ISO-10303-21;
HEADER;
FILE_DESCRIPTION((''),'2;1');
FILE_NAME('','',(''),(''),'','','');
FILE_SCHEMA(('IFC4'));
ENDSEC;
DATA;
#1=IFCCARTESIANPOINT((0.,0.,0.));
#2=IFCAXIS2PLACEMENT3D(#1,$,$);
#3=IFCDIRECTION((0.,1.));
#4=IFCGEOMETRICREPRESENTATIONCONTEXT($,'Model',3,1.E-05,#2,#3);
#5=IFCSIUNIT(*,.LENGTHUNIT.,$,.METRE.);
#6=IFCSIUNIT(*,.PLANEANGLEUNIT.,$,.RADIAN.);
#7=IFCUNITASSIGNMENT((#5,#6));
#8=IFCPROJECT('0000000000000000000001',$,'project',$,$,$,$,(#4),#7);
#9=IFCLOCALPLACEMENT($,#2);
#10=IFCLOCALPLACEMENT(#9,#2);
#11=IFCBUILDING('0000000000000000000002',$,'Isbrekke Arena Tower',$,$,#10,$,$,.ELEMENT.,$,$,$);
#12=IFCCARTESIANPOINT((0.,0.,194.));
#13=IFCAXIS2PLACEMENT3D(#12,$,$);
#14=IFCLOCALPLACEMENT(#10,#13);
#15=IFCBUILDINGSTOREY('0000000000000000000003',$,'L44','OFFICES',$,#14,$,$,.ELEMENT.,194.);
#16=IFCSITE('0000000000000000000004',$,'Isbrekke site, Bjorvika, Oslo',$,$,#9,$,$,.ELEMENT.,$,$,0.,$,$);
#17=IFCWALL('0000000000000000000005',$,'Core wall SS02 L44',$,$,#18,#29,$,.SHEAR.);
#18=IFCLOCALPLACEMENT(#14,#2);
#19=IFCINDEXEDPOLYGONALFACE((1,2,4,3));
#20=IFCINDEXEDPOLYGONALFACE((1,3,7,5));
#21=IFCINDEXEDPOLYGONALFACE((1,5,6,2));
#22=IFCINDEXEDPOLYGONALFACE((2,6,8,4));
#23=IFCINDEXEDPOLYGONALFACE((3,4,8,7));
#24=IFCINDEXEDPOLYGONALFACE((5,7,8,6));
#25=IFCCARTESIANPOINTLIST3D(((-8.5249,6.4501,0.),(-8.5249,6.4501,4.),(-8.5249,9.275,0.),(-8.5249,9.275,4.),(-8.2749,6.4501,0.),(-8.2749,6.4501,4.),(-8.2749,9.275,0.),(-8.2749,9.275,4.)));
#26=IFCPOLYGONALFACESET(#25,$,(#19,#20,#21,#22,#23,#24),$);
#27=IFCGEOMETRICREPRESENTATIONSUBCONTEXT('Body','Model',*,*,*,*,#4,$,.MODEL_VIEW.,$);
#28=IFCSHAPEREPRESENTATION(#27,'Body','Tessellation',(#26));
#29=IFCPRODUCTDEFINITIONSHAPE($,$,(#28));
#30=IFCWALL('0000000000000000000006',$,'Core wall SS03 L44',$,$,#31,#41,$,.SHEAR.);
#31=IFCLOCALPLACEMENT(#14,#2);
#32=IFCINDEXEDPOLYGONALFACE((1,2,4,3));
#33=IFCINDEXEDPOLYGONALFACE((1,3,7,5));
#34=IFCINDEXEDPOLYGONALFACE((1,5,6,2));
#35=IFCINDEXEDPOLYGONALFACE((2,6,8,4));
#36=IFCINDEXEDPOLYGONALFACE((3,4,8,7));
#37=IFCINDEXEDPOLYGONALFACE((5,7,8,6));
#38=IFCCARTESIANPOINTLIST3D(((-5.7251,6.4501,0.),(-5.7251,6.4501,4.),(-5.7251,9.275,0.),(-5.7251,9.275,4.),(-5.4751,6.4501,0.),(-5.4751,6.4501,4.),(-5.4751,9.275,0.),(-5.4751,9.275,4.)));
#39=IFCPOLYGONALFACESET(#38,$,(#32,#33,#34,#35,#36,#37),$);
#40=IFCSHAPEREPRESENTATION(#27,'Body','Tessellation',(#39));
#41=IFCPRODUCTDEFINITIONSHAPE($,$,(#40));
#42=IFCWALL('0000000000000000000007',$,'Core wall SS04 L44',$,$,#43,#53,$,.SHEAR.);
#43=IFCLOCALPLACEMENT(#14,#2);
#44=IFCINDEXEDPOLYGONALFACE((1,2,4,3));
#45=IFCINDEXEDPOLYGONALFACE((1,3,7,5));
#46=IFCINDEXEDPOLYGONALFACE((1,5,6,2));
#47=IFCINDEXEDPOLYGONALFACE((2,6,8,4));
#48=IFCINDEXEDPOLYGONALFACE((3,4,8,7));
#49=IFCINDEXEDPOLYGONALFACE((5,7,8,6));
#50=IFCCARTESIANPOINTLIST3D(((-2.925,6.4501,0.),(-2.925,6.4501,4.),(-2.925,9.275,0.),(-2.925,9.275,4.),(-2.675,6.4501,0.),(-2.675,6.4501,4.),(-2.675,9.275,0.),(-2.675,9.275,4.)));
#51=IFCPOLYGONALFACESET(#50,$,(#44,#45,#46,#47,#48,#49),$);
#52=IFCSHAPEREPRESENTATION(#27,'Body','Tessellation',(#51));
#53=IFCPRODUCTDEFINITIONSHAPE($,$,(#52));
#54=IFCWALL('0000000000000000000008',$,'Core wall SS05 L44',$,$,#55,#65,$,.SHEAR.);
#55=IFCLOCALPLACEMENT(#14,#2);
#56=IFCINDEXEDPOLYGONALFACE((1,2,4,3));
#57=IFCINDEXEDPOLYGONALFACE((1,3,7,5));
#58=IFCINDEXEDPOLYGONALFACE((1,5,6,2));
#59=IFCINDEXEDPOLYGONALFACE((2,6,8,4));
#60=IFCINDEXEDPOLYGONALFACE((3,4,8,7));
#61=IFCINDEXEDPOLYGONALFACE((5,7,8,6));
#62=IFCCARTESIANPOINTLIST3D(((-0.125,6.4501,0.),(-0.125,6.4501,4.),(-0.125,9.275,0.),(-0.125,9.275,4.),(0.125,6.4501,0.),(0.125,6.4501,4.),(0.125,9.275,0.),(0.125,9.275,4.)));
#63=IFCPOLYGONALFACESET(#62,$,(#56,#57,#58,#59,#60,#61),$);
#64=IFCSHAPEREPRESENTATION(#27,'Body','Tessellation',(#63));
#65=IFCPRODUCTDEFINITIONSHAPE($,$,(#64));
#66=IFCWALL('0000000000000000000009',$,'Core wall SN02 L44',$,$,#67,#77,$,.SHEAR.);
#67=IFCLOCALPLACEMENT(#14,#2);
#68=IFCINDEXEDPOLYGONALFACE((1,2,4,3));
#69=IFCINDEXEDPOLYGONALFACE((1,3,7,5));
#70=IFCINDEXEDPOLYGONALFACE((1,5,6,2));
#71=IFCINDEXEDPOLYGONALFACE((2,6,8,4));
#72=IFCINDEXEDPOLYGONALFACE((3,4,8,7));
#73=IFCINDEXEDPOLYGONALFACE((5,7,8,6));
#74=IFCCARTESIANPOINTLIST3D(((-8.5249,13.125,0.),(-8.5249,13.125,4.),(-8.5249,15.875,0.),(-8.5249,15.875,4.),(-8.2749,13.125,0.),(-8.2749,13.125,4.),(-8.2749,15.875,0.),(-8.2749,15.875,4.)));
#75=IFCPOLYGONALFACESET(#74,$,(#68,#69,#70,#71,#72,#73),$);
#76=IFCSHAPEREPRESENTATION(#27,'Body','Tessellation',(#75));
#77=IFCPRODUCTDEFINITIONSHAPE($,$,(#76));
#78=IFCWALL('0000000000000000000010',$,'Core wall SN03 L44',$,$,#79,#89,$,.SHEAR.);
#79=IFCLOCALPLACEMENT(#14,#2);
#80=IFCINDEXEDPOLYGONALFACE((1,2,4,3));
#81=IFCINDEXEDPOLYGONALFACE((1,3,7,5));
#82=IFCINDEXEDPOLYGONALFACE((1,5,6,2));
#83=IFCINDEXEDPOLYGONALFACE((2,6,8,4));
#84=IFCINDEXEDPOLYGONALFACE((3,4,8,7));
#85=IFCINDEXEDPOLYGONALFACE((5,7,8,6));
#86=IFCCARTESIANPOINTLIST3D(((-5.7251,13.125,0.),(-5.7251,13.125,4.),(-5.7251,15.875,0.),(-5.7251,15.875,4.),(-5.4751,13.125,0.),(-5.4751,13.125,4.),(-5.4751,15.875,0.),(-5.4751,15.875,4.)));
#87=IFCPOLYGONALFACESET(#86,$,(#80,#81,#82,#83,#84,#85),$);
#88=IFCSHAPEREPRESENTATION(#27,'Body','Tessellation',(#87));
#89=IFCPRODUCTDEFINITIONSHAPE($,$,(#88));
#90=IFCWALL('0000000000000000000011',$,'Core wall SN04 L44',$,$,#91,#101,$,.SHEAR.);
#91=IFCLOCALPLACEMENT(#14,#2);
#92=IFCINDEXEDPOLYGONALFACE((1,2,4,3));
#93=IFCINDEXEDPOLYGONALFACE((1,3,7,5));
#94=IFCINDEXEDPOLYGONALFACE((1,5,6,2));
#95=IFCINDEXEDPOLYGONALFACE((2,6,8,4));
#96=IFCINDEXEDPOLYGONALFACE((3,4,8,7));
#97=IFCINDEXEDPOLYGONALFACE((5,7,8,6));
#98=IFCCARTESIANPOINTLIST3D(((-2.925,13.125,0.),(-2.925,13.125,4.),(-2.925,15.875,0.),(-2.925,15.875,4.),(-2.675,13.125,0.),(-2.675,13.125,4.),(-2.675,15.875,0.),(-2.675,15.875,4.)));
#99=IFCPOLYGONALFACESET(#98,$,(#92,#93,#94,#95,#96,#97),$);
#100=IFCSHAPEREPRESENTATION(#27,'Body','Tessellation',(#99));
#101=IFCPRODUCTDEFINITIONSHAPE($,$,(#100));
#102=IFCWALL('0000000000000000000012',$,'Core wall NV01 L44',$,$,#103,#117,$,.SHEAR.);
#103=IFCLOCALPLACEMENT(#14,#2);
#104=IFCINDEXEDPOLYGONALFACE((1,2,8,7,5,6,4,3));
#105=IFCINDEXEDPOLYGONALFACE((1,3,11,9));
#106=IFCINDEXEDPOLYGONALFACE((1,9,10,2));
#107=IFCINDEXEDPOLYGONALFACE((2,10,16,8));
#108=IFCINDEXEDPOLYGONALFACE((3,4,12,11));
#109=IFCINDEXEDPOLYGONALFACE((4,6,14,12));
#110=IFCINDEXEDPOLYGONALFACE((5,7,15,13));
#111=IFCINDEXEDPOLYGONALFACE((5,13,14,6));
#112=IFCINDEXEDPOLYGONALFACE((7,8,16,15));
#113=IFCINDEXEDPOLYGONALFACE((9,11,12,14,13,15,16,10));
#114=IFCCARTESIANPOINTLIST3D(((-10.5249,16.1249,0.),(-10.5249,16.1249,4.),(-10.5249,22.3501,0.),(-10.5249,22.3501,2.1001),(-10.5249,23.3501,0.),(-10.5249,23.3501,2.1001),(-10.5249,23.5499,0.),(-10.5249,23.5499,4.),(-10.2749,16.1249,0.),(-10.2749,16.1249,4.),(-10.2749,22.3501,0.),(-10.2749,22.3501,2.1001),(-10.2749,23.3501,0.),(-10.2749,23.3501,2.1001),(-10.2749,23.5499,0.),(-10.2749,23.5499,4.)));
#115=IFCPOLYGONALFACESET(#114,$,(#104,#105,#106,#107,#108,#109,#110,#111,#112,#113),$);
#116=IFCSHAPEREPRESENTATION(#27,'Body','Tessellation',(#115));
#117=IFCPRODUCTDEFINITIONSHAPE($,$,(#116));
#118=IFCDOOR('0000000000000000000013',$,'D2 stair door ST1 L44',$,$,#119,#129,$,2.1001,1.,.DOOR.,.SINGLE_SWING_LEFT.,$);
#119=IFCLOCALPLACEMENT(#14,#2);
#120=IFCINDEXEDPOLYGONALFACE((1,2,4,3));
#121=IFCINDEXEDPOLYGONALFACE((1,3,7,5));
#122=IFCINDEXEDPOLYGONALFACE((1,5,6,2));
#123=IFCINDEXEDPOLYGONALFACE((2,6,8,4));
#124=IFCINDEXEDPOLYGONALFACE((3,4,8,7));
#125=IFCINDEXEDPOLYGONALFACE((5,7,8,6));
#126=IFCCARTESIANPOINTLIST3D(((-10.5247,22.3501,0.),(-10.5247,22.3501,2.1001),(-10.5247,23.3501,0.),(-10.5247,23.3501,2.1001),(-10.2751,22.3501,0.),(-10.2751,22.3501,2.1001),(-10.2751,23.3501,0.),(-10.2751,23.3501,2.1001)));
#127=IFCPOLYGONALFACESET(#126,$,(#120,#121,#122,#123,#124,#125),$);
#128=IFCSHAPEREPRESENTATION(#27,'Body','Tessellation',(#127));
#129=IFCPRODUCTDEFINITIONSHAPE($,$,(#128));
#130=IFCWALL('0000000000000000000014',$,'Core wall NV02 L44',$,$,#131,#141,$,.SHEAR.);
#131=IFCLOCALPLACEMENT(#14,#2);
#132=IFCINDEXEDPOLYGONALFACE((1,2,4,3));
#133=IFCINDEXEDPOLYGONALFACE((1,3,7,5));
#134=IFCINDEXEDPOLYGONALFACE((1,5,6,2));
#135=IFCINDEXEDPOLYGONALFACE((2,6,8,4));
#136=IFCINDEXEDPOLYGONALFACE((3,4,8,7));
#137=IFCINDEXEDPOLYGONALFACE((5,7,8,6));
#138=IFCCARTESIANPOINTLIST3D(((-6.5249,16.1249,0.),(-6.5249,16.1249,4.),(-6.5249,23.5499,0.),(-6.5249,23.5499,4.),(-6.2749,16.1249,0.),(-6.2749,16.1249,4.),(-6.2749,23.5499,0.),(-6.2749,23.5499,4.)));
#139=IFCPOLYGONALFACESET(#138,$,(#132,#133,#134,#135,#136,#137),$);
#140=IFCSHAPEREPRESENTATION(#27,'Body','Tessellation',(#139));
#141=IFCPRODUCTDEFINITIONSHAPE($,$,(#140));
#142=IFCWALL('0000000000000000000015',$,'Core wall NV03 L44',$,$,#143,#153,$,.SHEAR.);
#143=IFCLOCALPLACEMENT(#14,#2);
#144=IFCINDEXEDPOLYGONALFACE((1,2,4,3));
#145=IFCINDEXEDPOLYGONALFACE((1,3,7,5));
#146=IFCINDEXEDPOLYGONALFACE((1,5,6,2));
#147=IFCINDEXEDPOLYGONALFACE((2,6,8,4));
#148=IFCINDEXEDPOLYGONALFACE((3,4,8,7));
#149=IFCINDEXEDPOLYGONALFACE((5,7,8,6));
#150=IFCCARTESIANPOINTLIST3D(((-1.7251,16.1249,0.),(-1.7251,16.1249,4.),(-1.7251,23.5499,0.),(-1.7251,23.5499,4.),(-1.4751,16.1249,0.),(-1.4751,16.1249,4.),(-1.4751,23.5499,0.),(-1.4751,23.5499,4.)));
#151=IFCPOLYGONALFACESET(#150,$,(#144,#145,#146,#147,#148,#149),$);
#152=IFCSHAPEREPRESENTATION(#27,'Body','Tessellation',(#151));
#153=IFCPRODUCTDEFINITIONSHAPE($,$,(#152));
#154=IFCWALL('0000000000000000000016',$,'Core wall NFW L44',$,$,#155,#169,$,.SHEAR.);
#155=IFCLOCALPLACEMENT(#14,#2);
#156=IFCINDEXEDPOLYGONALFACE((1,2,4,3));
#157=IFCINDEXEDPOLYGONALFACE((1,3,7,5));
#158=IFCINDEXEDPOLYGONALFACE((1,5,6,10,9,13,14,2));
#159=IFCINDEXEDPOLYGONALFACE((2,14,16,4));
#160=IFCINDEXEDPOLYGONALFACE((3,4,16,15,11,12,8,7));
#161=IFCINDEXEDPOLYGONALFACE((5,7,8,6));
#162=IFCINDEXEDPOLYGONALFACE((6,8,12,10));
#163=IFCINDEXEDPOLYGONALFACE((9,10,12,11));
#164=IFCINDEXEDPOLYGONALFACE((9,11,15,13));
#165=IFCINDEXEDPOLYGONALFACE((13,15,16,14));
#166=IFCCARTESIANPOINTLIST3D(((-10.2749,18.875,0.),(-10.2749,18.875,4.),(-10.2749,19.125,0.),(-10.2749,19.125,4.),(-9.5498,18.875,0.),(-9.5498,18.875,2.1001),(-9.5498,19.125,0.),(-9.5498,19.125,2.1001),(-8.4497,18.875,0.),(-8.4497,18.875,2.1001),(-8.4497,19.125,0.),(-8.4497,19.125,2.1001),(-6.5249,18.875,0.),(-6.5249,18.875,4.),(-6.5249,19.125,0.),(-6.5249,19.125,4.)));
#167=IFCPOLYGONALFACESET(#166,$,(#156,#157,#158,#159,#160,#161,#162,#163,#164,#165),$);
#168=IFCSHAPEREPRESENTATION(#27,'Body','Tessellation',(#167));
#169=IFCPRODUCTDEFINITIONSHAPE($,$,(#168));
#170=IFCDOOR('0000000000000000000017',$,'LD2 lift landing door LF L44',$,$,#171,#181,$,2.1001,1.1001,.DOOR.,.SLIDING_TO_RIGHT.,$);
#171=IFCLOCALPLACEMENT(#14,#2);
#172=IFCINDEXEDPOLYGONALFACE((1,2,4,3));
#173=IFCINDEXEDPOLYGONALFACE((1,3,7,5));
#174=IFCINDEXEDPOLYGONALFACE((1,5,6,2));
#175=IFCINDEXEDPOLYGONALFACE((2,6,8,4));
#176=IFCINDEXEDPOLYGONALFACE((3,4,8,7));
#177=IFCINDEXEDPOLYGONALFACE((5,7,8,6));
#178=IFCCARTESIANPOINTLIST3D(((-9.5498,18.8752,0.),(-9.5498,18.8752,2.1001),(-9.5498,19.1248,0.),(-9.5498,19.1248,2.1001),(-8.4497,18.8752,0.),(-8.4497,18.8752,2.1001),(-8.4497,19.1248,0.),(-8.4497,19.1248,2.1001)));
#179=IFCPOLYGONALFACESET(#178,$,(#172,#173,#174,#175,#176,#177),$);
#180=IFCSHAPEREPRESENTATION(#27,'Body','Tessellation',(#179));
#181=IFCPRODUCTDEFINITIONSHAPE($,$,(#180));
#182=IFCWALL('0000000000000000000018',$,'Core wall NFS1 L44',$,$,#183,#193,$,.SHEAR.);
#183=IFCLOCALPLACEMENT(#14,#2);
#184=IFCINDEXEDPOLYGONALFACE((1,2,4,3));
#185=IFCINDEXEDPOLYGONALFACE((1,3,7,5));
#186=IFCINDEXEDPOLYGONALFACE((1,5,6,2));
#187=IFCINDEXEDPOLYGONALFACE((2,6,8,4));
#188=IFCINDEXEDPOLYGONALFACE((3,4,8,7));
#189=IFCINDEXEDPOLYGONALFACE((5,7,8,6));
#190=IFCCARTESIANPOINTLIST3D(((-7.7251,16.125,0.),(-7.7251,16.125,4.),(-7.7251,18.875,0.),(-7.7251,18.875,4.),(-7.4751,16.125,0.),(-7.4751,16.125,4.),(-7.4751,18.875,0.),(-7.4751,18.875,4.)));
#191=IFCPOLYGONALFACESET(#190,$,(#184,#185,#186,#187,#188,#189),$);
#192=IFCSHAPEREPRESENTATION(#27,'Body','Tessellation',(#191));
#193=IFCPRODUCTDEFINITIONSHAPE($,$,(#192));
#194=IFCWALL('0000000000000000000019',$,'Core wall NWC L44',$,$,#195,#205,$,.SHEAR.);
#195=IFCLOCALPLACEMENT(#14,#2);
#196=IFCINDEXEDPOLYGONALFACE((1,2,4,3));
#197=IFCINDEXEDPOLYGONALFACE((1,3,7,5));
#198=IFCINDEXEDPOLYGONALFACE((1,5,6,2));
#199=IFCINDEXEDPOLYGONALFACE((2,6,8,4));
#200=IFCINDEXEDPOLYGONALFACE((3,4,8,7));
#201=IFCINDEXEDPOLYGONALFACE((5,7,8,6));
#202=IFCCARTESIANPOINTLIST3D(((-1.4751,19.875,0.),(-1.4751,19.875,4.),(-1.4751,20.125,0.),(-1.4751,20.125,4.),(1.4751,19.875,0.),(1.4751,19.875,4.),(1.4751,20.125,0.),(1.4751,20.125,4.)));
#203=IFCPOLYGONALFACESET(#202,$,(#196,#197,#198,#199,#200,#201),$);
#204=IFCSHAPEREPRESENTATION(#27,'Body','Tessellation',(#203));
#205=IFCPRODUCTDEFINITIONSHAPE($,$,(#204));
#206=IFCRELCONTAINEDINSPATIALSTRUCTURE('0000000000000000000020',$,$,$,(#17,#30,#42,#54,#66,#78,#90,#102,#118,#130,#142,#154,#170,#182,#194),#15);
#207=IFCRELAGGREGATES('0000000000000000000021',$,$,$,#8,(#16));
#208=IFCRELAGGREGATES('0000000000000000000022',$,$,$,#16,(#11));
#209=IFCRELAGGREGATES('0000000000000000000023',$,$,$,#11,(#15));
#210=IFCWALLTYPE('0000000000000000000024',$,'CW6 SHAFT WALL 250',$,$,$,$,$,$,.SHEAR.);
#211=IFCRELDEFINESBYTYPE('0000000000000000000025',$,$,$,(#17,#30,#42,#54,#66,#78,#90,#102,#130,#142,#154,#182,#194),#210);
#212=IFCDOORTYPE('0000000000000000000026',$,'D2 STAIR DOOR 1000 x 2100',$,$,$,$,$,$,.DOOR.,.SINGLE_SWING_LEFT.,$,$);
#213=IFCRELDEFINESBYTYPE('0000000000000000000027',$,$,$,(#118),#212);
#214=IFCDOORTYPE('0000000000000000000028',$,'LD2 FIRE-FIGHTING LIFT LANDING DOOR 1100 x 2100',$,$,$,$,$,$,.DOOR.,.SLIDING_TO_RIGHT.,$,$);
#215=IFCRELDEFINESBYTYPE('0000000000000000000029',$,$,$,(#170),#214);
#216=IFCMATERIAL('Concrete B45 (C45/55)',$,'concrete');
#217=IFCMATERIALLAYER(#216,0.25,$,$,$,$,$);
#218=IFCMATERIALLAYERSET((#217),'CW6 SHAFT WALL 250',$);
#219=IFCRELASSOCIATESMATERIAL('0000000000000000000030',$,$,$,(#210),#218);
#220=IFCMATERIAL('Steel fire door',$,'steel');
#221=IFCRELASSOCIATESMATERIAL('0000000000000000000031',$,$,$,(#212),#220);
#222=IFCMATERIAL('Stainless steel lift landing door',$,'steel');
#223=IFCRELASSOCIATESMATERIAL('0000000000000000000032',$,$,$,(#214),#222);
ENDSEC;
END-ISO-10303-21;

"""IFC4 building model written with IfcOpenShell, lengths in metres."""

from ifc_helpers import new_model, si_unit, direction, frame, frame_2d, origin, place, context, subcontext, project, spatial, rectangle, extrude, material, layer, layer_set, type_object, element, fill, save


model = new_model("IFC4")

# Units and contexts
model_context = context("Model", 3, precision=1e-05, world=origin(), true_north=direction((0.0, 1.0)))
body_context = subcontext(model_context, "Body", "Model", "MODEL_VIEW")
ifc_project = project(units=[si_unit("LENGTHUNIT", "METRE"), si_unit("PLANEANGLEUNIT", "RADIAN")], contexts=[model_context])

# Site, building, storey
site_placement = place(None, origin())
site = spatial("IfcSite", under=ifc_project, at=site_placement, Name="Isbrekke site, Bjorvika, Oslo", CompositionType="ELEMENT", RefElevation=0.0)
building_placement = place(site_placement, origin())
building = spatial("IfcBuilding", under=site, at=building_placement, Name="Isbrekke Arena Tower", CompositionType="ELEMENT")
storey_placement = place(building_placement, frame((0.0, 0.0, 194.0)))
storey = spatial("IfcBuildingStorey", under=building, at=storey_placement, Name="L44", Description="OFFICES", CompositionType="ELEMENT", Elevation=194.0)

# Walls
ifc_material_1 = material(Name="Concrete B45 (C45/55)", Category="concrete")
ifc_layer_1 = layer(ifc_material_1, 0.25)
ifc_layer_set_1 = layer_set([ifc_layer_1], Name="CW6 SHAFT WALL 250")
wall_type_1 = type_object("IfcWallType", Name="CW6 SHAFT WALL 250", PredefinedType="SHEAR", material=ifc_layer_set_1)
for number, where, z_axis, x_axis, name in (
    (1, (-8.3999, 6.45, 0.0), (0.0, 0.0, 1.0), (0.0, 1.0, 0.0), "Core wall SS02 L44"),
    (2, (-5.6001, 6.45, 0.0), (0.0, 0.0, 1.0), (0.0, 1.0, 0.0), "Core wall SS03 L44"),
    (3, (-2.8, 6.45, 0.0), (0.0, 0.0, 1.0), (0.0, 1.0, 0.0), "Core wall SS04 L44"),
    (4, (0.0, 6.45, 0.0), (0.0, 0.0, 1.0), (0.0, 1.0, 0.0), "Core wall SS05 L44"),
):
    element("IfcWall", number, at=place(storey_placement, frame(where, z_axis=z_axis, x_axis=x_axis)), inside=storey, type_object=wall_type_1, Name=name, PredefinedType="SHEAR", context=body_context, shape_type="SweptSolid", body=[
        extrude(rectangle(XDim=2.825, YDim=0.25, at=frame_2d((1.4126, 0.0))), origin(), (0.0, 0.0, 1.0), 4.0),
    ])
for number, where, z_axis, x_axis, name in (
    (5, (-8.3999, 13.125, 0.0), (0.0, 0.0, 1.0), (0.0, 1.0, 0.0), "Core wall SN02 L44"),
    (6, (-5.6001, 13.125, 0.0), (0.0, 0.0, 1.0), (0.0, 1.0, 0.0), "Core wall SN03 L44"),
    (7, (-2.8, 13.125, 0.0), (0.0, 0.0, 1.0), (0.0, 1.0, 0.0), "Core wall SN04 L44"),
):
    element("IfcWall", number, at=place(storey_placement, frame(where, z_axis=z_axis, x_axis=x_axis)), inside=storey, type_object=wall_type_1, Name=name, PredefinedType="SHEAR", context=body_context, shape_type="SweptSolid", body=[
        extrude(rectangle(XDim=2.75, YDim=0.25, at=frame_2d((1.375, 0.0))), origin(), (0.0, 0.0, 1.0), 4.0),
    ])

# Wall, opening, door
wall_1_placement = place(storey_placement, frame((-10.3999, 16.125, 0.0), z_axis=(0.0, 0.0, 1.0), x_axis=(0.0, 1.0, 0.0)))
wall_1 = element("IfcWall", 8, at=wall_1_placement, inside=storey, type_object=wall_type_1, Name="Core wall NV01 L44", PredefinedType="SHEAR", context=body_context, shape_type="SweptSolid", body=[
    extrude(rectangle(XDim=7.425, YDim=0.25, at=frame_2d((3.7124, 0.0))), origin(), (0.0, 0.0, 1.0), 4.0),
])
opening_1_placement = place(wall_1_placement, frame((6.2251, 0.0, 0.0)))
opening_1 = element("IfcOpeningElement", 9, at=opening_1_placement, cuts=wall_1, PredefinedType="OPENING", context=body_context, shape_type="SweptSolid", body=[
    extrude(rectangle(XDim=1.0, YDim=2.1001, at=frame_2d((0.5, 1.05))), frame((0.0, 0.1399, 0.0), z_axis=(0.0, -1.0, 0.0), x_axis=(1.0, 0.0, 0.0)), (0.0, 0.0, 1.0), 0.2798),
])
ifc_material_2 = material(Name="Steel fire door", Category="steel")
door_type_1 = type_object("IfcDoorType", Name="D2 STAIR DOOR 1000 x 2100", OperationType="SINGLE_SWING_LEFT", PredefinedType="DOOR", material=ifc_material_2)
door_1_placement = place(opening_1_placement, origin())
door_1 = element("IfcDoor", 10, at=door_1_placement, inside=storey, type_object=door_type_1, Name="D2 stair door ST1 L44", OperationType="SINGLE_SWING_LEFT", OverallHeight=2.1001, OverallWidth=1.0, PredefinedType="DOOR", context=body_context, shape_type="SweptSolid", body=[
    extrude(rectangle(XDim=1.0, YDim=2.1001, at=frame_2d((0.5, 1.05))), frame((0.0, 0.1248, 0.0), z_axis=(0.0, -1.0, 0.0), x_axis=(1.0, 0.0, 0.0)), (0.0, 0.0, 1.0), 0.2495),
])
fill(opening_1, door_1)

# Walls
for number, where, z_axis, x_axis, name in (
    (11, (-6.3999, 16.125, 0.0), (0.0, 0.0, 1.0), (0.0, 1.0, 0.0), "Core wall NV02 L44"),
    (12, (-1.6001, 16.125, 0.0), (0.0, 0.0, 1.0), (0.0, 1.0, 0.0), "Core wall NV03 L44"),
):
    element("IfcWall", number, at=place(storey_placement, frame(where, z_axis=z_axis, x_axis=x_axis)), inside=storey, type_object=wall_type_1, Name=name, PredefinedType="SHEAR", context=body_context, shape_type="SweptSolid", body=[
        extrude(rectangle(XDim=7.425, YDim=0.25, at=frame_2d((3.7124, 0.0))), origin(), (0.0, 0.0, 1.0), 4.0),
    ])

# Wall, opening, door
wall_2_placement = place(storey_placement, frame((-10.2749, 19.0, 0.0), z_axis=(0.0, 0.0, 1.0), x_axis=(1.0, 0.0, 0.0)))
wall_2 = element("IfcWall", 13, at=wall_2_placement, inside=storey, type_object=wall_type_1, Name="Core wall NFW L44", PredefinedType="SHEAR", context=body_context, shape_type="SweptSolid", body=[
    extrude(rectangle(XDim=3.75, YDim=0.25, at=frame_2d((1.875, 0.0))), origin(), (0.0, 0.0, 1.0), 4.0),
])
opening_2_placement = place(wall_2_placement, frame((0.7251, 0.0, 0.0)))
opening_2 = element("IfcOpeningElement", 14, at=opening_2_placement, cuts=wall_2, PredefinedType="OPENING", context=body_context, shape_type="SweptSolid", body=[
    extrude(rectangle(XDim=1.1001, YDim=2.1001, at=frame_2d((0.55, 1.05))), frame((0.0, 0.1399, 0.0), z_axis=(0.0, -1.0, 0.0), x_axis=(1.0, 0.0, 0.0)), (0.0, 0.0, 1.0), 0.2798),
])
ifc_material_3 = material(Name="Stainless steel lift landing door", Category="steel")
door_type_2 = type_object("IfcDoorType", Name="LD2 FIRE-FIGHTING LIFT LANDING DOOR 1100 x 2100", OperationType="SLIDING_TO_RIGHT", PredefinedType="DOOR", material=ifc_material_3)
door_2_placement = place(opening_2_placement, origin())
door_2 = element("IfcDoor", 15, at=door_2_placement, inside=storey, type_object=door_type_2, Name="LD2 lift landing door LF L44", OperationType="SLIDING_TO_RIGHT", OverallHeight=2.1001, OverallWidth=1.1001, PredefinedType="DOOR", context=body_context, shape_type="SweptSolid", body=[
    extrude(rectangle(XDim=1.1001, YDim=2.1001, at=frame_2d((0.55, 1.05))), frame((0.0, 0.1248, 0.0), z_axis=(0.0, -1.0, 0.0), x_axis=(1.0, 0.0, 0.0)), (0.0, 0.0, 1.0), 0.2495),
])
fill(opening_2, door_2)

# Walls
wall_3_placement = place(storey_placement, frame((-7.6001, 16.125, 0.0), z_axis=(0.0, 0.0, 1.0), x_axis=(0.0, 1.0, 0.0)))
element("IfcWall", 16, at=wall_3_placement, inside=storey, type_object=wall_type_1, Name="Core wall NFS1 L44", PredefinedType="SHEAR", context=body_context, shape_type="SweptSolid", body=[
    extrude(rectangle(XDim=2.75, YDim=0.25, at=frame_2d((1.375, 0.0))), origin(), (0.0, 0.0, 1.0), 4.0),
])
wall_4_placement = place(storey_placement, frame((-1.4751, 20.0, 0.0), z_axis=(0.0, 0.0, 1.0), x_axis=(1.0, 0.0, 0.0)))
element("IfcWall", 17, at=wall_4_placement, inside=storey, type_object=wall_type_1, Name="Core wall NWC L44", PredefinedType="SHEAR", context=body_context, shape_type="SweptSolid", body=[
    extrude(rectangle(XDim=2.9502, YDim=0.25, at=frame_2d((1.4751, 0.0))), origin(), (0.0, 0.0, 1.0), 4.0),
])

save(model, "model.ifc")
